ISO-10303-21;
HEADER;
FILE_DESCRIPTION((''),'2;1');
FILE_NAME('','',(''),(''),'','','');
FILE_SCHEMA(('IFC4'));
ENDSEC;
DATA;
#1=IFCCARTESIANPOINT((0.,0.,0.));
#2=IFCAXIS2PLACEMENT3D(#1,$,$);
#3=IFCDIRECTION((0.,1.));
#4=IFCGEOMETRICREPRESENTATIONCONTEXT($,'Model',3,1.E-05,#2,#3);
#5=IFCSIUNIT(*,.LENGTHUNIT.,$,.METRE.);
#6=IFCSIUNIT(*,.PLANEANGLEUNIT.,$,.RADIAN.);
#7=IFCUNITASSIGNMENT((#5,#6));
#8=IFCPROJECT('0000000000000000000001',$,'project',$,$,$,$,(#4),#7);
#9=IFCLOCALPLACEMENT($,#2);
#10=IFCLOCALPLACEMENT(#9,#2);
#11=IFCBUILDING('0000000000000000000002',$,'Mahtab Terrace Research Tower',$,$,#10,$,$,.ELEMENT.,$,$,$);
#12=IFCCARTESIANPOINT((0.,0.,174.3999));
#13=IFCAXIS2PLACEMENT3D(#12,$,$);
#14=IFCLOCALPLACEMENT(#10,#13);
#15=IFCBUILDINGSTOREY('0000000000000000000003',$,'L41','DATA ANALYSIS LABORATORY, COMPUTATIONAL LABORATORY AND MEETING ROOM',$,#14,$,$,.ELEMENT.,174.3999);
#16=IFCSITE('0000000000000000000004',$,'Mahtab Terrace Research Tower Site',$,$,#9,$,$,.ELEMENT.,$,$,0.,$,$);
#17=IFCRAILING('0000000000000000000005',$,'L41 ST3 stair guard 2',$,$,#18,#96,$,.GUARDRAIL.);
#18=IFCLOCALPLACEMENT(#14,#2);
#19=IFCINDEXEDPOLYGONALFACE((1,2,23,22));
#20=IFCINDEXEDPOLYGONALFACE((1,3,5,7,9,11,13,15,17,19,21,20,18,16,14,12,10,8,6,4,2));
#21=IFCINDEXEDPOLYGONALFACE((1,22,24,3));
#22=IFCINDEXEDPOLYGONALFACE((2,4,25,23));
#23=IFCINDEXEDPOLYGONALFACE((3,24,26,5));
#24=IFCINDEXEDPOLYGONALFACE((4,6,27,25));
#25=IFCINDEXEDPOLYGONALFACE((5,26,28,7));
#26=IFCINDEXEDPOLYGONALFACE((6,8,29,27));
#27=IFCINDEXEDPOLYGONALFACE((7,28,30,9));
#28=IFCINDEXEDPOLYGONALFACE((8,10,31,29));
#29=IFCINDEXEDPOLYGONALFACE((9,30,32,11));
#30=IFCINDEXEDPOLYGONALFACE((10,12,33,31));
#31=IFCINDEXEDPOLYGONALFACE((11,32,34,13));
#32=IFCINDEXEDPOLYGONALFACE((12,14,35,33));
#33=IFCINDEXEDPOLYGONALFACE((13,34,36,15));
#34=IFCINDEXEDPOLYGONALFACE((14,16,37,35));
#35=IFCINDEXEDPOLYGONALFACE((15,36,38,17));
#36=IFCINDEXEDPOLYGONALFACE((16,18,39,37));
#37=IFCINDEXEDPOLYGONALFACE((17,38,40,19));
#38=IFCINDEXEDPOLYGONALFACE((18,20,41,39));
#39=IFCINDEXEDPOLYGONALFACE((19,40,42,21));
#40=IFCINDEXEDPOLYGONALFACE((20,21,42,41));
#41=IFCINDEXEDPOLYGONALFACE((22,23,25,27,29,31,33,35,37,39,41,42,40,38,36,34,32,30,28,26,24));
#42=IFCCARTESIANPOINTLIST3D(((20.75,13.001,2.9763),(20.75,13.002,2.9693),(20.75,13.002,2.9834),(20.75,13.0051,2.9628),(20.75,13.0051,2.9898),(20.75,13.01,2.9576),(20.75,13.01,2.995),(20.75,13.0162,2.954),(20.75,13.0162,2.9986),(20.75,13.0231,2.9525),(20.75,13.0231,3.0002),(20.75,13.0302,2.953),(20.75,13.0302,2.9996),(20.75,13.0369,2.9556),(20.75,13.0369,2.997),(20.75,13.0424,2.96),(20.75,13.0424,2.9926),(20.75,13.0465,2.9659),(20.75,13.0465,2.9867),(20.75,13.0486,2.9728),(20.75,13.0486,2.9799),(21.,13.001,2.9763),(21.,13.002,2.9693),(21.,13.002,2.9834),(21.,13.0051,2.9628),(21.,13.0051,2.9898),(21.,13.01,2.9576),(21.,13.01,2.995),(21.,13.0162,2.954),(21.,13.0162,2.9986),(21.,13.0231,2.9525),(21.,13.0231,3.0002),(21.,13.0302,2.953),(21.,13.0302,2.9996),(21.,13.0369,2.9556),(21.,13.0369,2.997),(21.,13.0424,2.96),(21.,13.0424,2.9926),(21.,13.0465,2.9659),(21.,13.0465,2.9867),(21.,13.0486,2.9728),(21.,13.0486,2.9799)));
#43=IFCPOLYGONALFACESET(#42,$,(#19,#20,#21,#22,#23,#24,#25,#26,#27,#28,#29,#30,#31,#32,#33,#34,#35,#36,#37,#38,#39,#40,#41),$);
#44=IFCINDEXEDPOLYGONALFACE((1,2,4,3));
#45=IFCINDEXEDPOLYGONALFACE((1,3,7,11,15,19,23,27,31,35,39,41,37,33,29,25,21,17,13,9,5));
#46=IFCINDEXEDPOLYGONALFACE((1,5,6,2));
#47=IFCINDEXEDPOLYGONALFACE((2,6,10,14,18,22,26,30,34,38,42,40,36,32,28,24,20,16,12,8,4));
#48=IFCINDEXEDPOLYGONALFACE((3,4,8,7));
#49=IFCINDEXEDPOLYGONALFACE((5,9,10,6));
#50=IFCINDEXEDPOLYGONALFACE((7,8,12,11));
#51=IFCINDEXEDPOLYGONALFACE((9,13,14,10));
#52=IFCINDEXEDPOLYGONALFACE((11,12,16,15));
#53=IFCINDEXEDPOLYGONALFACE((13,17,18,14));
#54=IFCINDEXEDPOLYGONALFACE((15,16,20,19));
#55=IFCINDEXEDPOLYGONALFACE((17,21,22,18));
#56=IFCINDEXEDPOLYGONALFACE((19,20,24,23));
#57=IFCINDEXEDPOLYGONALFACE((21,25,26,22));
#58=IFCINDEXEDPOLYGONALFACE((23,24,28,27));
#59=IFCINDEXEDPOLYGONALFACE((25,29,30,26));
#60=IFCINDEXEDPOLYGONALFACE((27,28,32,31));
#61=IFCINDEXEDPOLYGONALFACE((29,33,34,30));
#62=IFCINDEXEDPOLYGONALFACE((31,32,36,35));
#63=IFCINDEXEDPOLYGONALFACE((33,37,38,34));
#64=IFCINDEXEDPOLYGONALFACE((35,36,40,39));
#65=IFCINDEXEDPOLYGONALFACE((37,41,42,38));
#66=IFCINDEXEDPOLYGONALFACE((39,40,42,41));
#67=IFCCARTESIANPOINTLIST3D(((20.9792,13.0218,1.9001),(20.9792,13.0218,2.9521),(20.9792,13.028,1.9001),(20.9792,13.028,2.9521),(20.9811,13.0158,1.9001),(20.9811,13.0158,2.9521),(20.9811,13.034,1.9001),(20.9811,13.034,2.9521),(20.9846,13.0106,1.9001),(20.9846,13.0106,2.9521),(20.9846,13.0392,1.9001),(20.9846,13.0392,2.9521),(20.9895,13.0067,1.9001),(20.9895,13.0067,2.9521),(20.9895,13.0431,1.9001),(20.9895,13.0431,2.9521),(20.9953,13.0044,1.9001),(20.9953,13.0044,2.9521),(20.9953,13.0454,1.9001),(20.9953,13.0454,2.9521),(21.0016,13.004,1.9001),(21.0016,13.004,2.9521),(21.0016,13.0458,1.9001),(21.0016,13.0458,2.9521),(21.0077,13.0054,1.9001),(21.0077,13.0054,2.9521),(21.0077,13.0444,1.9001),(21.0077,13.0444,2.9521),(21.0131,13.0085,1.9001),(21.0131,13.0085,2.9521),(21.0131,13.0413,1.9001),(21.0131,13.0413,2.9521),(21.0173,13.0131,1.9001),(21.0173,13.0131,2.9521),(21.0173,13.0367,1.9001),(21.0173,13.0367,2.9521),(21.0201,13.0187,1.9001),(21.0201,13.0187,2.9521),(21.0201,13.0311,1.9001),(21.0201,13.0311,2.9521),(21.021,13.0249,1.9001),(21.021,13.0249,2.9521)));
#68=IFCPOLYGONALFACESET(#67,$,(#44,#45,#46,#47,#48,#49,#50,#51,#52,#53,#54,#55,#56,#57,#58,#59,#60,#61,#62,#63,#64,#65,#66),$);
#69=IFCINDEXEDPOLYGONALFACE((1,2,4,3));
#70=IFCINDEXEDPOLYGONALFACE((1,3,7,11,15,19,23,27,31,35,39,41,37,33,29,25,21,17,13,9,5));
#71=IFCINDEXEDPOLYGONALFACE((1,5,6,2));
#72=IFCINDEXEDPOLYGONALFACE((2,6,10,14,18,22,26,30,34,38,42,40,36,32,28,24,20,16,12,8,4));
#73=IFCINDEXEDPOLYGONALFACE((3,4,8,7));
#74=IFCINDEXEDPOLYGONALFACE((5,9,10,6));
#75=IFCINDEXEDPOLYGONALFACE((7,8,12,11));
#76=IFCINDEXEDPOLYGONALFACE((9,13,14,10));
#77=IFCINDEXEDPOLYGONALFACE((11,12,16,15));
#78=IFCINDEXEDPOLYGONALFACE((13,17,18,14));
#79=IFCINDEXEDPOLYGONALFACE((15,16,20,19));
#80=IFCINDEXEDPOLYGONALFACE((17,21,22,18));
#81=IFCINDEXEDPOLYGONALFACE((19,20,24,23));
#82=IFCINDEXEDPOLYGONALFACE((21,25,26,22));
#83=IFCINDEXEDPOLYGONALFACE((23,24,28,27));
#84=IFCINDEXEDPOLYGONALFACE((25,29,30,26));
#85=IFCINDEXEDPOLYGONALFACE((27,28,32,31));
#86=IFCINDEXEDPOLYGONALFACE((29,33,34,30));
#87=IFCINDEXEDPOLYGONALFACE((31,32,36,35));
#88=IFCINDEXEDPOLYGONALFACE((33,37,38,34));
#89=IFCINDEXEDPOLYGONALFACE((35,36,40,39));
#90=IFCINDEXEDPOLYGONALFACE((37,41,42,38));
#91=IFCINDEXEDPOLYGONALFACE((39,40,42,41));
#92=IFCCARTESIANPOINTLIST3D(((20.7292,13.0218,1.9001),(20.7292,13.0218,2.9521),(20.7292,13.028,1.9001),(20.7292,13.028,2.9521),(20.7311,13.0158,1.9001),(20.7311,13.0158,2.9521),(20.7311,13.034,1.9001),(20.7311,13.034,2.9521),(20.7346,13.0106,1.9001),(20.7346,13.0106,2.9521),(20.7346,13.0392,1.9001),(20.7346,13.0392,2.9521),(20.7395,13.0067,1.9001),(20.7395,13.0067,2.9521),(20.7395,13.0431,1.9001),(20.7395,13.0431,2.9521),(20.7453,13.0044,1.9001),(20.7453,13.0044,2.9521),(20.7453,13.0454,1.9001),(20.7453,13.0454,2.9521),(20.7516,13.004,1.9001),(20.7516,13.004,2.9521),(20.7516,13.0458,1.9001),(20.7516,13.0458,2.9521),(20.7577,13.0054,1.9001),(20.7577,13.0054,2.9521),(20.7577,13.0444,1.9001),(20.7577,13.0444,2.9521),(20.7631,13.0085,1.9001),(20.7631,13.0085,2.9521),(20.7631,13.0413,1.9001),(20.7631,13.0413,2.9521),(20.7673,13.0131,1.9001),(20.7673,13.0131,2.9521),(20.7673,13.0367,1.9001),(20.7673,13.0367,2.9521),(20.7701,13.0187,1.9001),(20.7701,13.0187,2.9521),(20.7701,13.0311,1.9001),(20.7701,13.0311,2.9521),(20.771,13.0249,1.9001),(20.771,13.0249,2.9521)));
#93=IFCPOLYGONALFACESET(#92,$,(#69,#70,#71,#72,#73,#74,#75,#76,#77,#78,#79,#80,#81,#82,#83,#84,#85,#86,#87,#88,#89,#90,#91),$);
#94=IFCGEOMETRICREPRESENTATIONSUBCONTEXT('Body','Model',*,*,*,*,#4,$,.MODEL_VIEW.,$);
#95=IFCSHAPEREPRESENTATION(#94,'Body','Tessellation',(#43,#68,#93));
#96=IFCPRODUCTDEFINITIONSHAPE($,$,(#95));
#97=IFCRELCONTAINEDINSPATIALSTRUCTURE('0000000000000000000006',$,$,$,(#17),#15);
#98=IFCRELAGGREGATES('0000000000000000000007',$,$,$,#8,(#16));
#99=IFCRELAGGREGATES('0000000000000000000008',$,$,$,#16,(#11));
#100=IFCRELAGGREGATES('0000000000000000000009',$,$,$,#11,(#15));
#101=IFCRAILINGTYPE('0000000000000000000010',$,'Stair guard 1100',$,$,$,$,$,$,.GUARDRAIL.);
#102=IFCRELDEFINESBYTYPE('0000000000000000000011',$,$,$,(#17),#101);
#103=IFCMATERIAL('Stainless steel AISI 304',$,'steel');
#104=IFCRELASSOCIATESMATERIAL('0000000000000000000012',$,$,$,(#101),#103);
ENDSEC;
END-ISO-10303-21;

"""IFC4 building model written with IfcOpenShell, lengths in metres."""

from ifc_helpers import new_model, si_unit, direction, frame, origin, origin_2d, place, context, subcontext, project, spatial, circle, extrude, material, type_object, element, save


model = new_model("IFC4")

# Units and contexts
model_context = context("Model", 3, precision=1e-05, world=origin(), true_north=direction((0.0, 1.0)))
body_context = subcontext(model_context, "Body", "Model", "MODEL_VIEW")
ifc_project = project(units=[si_unit("LENGTHUNIT", "METRE"), si_unit("PLANEANGLEUNIT", "RADIAN")], contexts=[model_context])

# Site, building, storey
site_placement = place(None, origin())
site = spatial("IfcSite", under=ifc_project, at=site_placement, Name="Mahtab Terrace Research Tower Site", CompositionType="ELEMENT", RefElevation=0.0)
building_placement = place(site_placement, origin())
building = spatial("IfcBuilding", under=site, at=building_placement, Name="Mahtab Terrace Research Tower", CompositionType="ELEMENT")
storey_placement = place(building_placement, frame((0.0, 0.0, 174.3999)))
storey = spatial("IfcBuildingStorey", under=building, at=storey_placement, Name="L41", Description="DATA ANALYSIS LABORATORY, COMPUTATIONAL LABORATORY AND MEETING ROOM", CompositionType="ELEMENT", Elevation=174.3999)

# Shared definitions
ifc_material_1 = material(Name="Stainless steel AISI 304", Category="steel")

# Railing
railing_type_1 = type_object("IfcRailingType", Name="Stair guard 1100", PredefinedType="GUARDRAIL", material=ifc_material_1)
railing_1_placement = place(storey_placement, frame((21.0, 13.0249, 1.9001)))
element("IfcRailing", 1, at=railing_1_placement, inside=storey, type_object=railing_type_1, Name="L41 ST3 stair guard 2", PredefinedType="GUARDRAIL", context=body_context, shape_type="SweptSolid", body=[
    extrude(circle(Radius=0.0239, at=origin_2d()), frame((0.0, 0.0, 1.0762), z_axis=(-1.0, 0.0, 0.0), x_axis=(0.0, -1.0, 0.0)), (0.0, 0.0, 1.0), 0.25),
    extrude(circle(Radius=0.021, at=origin_2d()), origin(), (0.0, 0.0, 1.0), 1.052),
    extrude(circle(Radius=0.021, at=origin_2d()), frame((-0.25, 0.0, 0.0)), (0.0, 0.0, 1.0), 1.052),
])

save(model, "model.ifc")
